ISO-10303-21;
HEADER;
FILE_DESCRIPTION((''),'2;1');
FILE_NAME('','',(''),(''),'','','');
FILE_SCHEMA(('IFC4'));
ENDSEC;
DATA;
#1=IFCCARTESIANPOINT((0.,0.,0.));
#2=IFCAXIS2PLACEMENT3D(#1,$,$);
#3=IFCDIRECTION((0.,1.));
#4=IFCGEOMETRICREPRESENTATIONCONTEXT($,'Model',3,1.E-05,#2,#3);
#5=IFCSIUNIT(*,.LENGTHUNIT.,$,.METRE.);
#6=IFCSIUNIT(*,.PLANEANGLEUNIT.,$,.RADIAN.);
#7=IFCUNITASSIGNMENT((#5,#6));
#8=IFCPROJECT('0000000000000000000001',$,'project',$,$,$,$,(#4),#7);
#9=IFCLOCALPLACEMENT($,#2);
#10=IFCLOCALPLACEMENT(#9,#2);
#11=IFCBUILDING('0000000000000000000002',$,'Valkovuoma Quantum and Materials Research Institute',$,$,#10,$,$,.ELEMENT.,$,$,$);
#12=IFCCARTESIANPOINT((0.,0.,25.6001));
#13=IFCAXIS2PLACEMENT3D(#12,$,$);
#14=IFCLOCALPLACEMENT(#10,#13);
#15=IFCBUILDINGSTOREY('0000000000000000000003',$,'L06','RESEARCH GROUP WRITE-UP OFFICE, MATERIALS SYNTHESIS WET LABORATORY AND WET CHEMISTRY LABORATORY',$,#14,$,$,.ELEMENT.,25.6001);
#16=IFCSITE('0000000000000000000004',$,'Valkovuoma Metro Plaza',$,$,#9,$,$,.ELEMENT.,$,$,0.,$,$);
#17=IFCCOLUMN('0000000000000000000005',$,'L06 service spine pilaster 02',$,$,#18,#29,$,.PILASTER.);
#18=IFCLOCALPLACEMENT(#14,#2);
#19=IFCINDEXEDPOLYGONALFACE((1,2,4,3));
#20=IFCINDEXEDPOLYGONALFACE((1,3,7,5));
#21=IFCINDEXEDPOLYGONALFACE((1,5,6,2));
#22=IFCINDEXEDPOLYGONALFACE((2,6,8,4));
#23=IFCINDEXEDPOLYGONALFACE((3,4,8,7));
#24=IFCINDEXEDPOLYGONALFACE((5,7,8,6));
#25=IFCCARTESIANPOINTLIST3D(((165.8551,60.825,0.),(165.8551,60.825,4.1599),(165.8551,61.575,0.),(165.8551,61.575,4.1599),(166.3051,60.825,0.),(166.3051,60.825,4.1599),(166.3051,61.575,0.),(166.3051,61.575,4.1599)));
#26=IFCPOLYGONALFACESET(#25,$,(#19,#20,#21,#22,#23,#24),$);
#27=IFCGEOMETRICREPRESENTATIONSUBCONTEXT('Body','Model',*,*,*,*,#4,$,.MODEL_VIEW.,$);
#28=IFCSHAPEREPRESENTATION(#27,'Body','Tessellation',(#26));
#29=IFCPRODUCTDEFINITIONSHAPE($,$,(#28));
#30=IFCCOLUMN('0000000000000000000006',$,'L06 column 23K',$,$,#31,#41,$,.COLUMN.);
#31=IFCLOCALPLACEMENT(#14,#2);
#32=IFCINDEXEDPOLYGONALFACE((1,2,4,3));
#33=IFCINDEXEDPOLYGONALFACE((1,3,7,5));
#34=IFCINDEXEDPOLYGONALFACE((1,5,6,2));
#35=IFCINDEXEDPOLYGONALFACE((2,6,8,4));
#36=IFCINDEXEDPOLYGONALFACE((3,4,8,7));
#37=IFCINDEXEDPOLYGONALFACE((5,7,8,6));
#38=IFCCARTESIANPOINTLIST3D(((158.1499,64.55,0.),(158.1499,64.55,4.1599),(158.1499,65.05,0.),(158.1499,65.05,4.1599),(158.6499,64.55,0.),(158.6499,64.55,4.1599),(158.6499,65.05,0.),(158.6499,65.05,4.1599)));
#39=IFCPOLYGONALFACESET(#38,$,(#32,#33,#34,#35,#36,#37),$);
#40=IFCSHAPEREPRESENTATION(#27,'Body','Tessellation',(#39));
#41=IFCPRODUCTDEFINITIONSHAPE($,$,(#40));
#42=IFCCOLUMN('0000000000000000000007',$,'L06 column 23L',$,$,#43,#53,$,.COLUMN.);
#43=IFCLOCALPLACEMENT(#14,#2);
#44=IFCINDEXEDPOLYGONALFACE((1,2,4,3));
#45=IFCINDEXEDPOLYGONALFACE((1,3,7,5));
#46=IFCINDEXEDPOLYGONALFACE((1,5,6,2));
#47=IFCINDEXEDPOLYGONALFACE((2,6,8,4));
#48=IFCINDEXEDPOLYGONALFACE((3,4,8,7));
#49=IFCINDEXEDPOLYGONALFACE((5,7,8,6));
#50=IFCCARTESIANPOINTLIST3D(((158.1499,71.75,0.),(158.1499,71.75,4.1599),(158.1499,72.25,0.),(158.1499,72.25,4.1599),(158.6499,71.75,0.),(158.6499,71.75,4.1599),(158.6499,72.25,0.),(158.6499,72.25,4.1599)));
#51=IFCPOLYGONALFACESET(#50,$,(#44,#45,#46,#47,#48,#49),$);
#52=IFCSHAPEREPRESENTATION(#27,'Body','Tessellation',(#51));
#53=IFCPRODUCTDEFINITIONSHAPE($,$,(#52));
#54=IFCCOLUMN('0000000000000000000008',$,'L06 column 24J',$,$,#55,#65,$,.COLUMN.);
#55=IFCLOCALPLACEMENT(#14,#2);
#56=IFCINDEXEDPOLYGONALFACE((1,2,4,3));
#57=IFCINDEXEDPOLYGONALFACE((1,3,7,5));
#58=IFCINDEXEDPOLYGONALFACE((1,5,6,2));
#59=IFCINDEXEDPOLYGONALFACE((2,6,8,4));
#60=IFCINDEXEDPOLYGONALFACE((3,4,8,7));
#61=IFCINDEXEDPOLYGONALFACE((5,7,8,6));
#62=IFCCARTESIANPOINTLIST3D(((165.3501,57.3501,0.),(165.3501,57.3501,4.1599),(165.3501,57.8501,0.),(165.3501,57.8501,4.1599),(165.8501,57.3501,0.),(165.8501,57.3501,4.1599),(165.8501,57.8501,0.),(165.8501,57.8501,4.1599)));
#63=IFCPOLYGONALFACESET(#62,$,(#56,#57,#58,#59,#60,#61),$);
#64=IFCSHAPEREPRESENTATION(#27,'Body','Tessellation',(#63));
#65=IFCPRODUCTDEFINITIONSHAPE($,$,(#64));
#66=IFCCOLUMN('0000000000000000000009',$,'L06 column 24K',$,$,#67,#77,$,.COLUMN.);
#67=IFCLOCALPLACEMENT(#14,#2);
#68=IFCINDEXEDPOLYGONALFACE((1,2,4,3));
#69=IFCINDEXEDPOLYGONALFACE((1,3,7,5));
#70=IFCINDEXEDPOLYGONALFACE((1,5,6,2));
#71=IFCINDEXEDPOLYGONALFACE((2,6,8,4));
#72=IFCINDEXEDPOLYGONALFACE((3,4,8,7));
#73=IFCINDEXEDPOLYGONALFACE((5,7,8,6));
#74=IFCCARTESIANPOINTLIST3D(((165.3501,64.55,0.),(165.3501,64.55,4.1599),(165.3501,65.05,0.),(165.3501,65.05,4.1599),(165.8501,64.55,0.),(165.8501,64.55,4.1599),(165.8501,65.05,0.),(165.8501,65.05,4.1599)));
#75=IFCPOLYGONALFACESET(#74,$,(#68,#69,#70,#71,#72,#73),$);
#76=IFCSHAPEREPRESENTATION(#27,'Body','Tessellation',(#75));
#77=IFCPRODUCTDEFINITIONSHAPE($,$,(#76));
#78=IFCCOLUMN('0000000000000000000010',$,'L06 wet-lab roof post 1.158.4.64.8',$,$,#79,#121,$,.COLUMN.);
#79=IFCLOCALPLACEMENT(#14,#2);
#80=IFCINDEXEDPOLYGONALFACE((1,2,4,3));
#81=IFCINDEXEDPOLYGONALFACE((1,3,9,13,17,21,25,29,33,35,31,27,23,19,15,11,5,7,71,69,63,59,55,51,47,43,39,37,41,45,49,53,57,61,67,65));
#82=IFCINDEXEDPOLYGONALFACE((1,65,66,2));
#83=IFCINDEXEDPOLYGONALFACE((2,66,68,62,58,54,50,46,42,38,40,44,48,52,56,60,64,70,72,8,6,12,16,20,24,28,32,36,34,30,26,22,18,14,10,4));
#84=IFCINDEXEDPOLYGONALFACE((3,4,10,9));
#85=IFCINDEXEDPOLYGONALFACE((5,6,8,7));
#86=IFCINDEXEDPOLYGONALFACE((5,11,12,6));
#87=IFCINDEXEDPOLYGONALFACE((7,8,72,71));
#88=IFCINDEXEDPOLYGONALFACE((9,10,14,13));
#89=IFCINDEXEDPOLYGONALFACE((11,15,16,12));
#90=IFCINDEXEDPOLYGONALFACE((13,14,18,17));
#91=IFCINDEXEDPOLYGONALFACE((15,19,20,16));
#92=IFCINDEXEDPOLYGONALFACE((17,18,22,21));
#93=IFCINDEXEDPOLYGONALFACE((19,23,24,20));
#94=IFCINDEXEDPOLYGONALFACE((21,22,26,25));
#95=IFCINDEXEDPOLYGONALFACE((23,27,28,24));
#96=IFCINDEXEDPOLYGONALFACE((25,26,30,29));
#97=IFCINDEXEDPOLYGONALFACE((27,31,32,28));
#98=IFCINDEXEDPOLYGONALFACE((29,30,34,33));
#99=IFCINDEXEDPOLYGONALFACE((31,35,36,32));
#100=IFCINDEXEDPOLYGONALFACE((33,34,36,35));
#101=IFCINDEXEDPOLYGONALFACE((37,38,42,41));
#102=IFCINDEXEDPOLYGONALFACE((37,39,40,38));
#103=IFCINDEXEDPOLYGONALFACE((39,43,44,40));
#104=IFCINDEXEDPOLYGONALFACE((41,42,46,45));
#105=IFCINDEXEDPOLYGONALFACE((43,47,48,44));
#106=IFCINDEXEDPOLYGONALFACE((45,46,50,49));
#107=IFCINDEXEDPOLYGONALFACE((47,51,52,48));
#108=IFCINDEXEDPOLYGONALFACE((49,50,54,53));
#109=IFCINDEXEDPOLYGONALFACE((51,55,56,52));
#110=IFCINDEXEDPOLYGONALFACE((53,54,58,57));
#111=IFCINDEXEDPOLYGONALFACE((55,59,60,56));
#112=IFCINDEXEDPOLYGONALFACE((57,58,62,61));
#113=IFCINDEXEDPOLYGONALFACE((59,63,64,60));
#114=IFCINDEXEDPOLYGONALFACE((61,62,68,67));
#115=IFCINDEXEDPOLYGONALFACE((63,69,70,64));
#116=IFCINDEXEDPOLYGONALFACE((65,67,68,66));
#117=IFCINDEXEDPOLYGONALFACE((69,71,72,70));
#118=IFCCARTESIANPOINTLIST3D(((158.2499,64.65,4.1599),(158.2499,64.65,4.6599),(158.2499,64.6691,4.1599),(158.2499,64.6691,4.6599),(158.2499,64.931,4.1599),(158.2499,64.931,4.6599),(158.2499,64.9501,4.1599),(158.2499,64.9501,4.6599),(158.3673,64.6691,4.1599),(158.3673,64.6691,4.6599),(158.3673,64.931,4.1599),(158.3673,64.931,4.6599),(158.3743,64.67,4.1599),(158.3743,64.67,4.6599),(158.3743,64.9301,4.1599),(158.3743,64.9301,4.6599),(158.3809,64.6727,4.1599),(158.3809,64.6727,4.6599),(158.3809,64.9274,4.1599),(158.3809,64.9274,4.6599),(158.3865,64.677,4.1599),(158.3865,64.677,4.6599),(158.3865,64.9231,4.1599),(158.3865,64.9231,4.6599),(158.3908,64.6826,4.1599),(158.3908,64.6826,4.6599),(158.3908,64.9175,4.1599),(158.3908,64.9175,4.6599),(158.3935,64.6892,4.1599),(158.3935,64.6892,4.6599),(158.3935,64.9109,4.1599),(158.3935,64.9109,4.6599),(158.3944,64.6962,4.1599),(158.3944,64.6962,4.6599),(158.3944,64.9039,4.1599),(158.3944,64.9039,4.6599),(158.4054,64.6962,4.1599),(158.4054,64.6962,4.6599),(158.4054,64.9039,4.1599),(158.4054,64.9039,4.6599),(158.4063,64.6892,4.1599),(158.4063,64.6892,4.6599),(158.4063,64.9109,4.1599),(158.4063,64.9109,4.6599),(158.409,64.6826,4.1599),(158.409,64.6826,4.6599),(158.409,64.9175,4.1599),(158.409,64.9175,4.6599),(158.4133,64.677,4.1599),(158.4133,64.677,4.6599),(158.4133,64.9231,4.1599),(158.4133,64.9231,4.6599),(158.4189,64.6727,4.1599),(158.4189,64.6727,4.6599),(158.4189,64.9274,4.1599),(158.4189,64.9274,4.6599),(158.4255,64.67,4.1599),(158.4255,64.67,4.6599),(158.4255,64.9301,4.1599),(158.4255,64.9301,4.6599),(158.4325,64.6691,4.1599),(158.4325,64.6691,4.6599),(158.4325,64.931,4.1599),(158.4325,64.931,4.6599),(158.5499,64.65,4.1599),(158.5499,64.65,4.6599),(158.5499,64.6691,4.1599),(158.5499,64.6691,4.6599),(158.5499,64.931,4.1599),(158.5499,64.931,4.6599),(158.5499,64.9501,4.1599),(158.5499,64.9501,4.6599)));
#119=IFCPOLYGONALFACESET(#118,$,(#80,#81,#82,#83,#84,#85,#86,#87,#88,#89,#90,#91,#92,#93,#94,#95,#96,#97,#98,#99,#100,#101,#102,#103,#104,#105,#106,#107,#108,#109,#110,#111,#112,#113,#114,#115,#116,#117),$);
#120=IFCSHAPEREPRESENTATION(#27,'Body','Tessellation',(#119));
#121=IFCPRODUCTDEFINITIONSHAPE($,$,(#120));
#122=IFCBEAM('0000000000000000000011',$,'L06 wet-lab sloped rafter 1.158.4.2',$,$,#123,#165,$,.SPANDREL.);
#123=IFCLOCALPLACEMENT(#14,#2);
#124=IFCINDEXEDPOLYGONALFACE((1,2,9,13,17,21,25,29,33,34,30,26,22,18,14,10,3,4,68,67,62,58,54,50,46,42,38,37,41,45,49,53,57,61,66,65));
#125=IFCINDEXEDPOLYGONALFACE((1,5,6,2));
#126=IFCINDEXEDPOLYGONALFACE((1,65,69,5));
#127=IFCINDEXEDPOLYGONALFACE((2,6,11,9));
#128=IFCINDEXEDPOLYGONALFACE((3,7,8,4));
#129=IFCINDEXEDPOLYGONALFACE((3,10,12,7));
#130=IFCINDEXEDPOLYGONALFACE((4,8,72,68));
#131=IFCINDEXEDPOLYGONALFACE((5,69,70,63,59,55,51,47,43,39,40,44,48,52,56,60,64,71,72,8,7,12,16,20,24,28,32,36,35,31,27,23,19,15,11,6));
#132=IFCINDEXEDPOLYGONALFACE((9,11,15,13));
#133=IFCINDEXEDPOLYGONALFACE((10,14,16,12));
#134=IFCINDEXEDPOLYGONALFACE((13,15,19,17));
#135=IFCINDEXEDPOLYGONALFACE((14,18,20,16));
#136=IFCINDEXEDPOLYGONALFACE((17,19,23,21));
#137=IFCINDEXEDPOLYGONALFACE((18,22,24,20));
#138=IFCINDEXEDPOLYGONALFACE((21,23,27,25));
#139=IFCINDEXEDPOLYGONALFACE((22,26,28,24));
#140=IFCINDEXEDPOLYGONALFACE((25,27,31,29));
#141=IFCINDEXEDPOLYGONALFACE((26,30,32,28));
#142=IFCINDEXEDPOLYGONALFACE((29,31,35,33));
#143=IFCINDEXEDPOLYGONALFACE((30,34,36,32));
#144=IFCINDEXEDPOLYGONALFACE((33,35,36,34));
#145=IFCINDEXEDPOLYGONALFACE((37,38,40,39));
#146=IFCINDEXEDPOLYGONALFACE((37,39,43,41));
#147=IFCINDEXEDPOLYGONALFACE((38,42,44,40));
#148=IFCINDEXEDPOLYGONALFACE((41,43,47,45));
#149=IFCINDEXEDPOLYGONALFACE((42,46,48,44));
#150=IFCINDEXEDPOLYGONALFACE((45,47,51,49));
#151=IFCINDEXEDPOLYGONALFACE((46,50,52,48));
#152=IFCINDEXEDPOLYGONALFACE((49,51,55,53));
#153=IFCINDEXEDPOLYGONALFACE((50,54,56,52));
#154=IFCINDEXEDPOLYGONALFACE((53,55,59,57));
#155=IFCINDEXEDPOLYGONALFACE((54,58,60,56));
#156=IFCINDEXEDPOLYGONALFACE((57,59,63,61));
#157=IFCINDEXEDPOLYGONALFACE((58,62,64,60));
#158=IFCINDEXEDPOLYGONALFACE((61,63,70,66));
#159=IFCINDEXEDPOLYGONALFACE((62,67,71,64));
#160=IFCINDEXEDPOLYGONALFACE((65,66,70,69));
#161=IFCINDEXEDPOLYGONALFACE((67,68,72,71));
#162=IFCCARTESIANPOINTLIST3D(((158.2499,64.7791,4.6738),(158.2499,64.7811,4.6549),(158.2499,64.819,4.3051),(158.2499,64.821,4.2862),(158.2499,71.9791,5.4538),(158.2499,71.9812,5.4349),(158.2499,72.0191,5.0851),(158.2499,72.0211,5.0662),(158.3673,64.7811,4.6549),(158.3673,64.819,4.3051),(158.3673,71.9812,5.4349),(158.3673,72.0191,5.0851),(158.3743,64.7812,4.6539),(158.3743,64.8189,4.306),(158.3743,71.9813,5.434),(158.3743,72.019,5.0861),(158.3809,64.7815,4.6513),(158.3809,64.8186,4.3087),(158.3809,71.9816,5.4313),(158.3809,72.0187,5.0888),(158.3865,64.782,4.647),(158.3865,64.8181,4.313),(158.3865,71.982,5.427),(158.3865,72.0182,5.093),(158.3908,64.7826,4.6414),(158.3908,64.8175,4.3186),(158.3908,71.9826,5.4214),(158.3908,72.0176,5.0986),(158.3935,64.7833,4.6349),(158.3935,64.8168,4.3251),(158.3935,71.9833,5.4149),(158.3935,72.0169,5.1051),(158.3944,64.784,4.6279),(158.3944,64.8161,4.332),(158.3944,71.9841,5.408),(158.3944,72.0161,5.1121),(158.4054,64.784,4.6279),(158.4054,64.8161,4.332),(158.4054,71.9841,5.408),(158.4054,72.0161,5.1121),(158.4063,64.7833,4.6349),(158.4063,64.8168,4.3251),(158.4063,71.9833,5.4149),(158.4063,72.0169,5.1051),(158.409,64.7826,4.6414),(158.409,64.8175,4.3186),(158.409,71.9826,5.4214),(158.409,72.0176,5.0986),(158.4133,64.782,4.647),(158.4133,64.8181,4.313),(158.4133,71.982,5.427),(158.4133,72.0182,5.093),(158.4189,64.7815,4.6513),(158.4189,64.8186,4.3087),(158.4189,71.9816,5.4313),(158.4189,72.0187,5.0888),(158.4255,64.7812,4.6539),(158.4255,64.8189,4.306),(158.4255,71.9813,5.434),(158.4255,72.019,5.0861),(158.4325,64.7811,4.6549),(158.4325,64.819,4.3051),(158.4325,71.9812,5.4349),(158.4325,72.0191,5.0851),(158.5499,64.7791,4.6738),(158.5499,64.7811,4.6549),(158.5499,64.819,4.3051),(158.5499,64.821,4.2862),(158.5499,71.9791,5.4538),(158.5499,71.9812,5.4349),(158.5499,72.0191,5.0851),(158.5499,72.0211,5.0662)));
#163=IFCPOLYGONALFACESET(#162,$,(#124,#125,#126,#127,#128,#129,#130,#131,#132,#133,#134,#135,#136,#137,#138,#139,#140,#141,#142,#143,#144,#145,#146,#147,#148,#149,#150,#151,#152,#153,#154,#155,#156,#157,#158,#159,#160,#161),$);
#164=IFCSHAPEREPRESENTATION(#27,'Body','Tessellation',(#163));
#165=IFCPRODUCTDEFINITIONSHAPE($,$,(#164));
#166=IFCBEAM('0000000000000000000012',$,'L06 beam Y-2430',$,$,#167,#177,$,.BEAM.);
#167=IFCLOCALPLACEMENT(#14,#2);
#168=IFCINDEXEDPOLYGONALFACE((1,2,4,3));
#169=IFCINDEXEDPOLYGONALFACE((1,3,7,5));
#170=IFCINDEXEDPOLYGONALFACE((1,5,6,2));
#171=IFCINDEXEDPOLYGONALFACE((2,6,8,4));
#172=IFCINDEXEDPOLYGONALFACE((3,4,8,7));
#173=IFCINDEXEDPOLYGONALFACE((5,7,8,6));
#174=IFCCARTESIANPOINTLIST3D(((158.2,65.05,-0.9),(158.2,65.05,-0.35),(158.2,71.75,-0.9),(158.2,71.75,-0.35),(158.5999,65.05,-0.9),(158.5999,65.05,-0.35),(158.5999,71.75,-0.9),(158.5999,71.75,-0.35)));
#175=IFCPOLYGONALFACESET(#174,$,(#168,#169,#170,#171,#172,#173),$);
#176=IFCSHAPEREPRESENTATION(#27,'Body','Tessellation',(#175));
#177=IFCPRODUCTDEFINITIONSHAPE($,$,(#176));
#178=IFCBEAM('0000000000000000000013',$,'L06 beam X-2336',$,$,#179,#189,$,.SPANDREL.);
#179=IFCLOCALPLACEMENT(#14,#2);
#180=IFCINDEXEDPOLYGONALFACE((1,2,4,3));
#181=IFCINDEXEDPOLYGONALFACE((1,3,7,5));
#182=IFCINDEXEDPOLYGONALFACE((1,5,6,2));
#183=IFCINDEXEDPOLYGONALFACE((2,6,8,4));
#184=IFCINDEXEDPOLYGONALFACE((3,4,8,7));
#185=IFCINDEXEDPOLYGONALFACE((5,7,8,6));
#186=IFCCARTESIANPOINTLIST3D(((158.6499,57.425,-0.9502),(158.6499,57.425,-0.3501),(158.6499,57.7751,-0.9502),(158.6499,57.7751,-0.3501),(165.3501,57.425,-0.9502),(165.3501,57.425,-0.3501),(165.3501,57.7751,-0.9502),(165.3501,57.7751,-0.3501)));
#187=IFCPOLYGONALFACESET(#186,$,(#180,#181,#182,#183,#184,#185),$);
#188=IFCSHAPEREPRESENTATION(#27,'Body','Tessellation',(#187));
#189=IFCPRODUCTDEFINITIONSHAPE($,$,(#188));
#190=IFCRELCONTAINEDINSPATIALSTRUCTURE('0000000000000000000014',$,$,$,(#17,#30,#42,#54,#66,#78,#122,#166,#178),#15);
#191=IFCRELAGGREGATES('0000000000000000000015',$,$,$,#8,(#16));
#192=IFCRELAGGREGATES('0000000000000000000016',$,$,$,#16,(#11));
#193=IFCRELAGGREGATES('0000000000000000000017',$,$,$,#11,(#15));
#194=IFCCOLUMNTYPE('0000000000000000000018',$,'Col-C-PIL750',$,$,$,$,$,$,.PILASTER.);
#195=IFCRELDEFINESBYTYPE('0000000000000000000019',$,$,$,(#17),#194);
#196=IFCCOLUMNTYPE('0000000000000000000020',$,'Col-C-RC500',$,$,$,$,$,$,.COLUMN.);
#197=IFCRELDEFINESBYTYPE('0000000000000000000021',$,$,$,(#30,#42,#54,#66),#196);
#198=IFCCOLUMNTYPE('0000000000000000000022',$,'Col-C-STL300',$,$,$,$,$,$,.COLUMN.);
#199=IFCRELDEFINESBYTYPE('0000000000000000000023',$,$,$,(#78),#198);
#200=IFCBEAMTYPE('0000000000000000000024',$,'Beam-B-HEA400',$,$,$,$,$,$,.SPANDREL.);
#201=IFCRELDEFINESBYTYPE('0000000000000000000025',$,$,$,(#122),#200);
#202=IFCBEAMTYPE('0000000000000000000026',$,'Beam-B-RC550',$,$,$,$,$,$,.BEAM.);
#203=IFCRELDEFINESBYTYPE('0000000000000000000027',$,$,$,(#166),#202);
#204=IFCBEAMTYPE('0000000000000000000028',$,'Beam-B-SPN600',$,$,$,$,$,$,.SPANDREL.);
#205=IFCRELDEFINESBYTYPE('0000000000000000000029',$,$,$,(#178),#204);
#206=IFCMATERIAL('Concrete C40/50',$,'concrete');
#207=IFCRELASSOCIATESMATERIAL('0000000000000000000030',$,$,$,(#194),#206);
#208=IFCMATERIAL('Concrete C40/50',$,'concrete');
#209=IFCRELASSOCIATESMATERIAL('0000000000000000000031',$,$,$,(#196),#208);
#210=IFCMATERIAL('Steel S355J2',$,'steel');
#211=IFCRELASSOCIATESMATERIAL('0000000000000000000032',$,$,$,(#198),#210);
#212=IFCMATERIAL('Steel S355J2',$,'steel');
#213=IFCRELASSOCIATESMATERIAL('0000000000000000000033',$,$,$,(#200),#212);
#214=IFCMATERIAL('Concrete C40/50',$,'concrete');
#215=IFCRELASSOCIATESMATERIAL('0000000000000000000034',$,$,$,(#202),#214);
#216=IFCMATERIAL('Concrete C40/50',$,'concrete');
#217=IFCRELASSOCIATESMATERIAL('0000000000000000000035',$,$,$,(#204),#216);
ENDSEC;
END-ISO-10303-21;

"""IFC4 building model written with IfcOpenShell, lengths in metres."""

from ifc_helpers import new_model, si_unit, direction, frame, origin, origin_2d, place, context, subcontext, project, spatial, rectangle, i_section, extrude, material, material_profile, profile_set, type_object, element, save


model = new_model("IFC4")

# Units and contexts
model_context = context("Model", 3, precision=1e-05, world=origin(), true_north=direction((0.0, 1.0)))
body_context = subcontext(model_context, "Body", "Model", "MODEL_VIEW")
ifc_project = project(units=[si_unit("LENGTHUNIT", "METRE"), si_unit("PLANEANGLEUNIT", "RADIAN")], contexts=[model_context])

# Site, building, storey
site_placement = place(None, origin())
site = spatial("IfcSite", under=ifc_project, at=site_placement, Name="Valkovuoma Metro Plaza", CompositionType="ELEMENT", RefElevation=0.0)
building_placement = place(site_placement, origin())
building = spatial("IfcBuilding", under=site, at=building_placement, Name="Valkovuoma Quantum and Materials Research Institute", CompositionType="ELEMENT")
storey_placement = place(building_placement, frame((0.0, 0.0, 25.6001)))
storey = spatial("IfcBuildingStorey", under=building, at=storey_placement, Name="L06", Description="RESEARCH GROUP WRITE-UP OFFICE, MATERIALS SYNTHESIS WET LABORATORY AND WET CHEMISTRY LABORATORY", CompositionType="ELEMENT", Elevation=25.6001)

# Columns
ifc_material_1 = material(Name="Concrete C40/50", Category="concrete")
ifc_material_profile_1 = material_profile(ifc_material_1, rectangle(XDim=0.45, YDim=0.75, at=origin_2d()), Name="Concrete C40/50")
ifc_profile_set_1 = profile_set([ifc_material_profile_1], Name="Concrete C40/50")
column_type_1 = type_object("IfcColumnType", Name="Col-C-PIL750", PredefinedType="PILASTER", material=ifc_profile_set_1)
column_1_placement = place(storey_placement, frame((166.0801, 61.2, 0.0), z_axis=(0.0, 0.0, 1.0), x_axis=(1.0, 0.0, 0.0)))
element("IfcColumn", 1, at=column_1_placement, inside=storey, type_object=column_type_1, Name="L06 service spine pilaster 02", PredefinedType="PILASTER", context=body_context, shape_type="SweptSolid", body=[
    extrude(rectangle(XDim=0.45, YDim=0.75, at=origin_2d()), origin(), (0.0, 0.0, 1.0), 4.1599),
])
ifc_material_2 = material(Name="Concrete C40/50", Category="concrete")
ifc_material_profile_2 = material_profile(ifc_material_2, rectangle(XDim=0.5, YDim=0.5, at=origin_2d()), Name="Concrete C40/50")
ifc_profile_set_2 = profile_set([ifc_material_profile_2], Name="Concrete C40/50")
column_type_2 = type_object("IfcColumnType", Name="Col-C-RC500", PredefinedType="COLUMN", material=ifc_profile_set_2)
for number, where, z_axis, x_axis, name in (
    (2, (158.3999, 64.8, 0.0), (0.0, 0.0, 1.0), (1.0, 0.0, 0.0), "L06 column 23K"),
    (3, (158.3999, 72.0, 0.0), (0.0, 0.0, 1.0), (1.0, 0.0, 0.0), "L06 column 23L"),
    (4, (165.6001, 57.6001, 0.0), (0.0, 0.0, 1.0), (1.0, 0.0, 0.0), "L06 column 24J"),
    (5, (165.6001, 64.8, 0.0), (0.0, 0.0, 1.0), (1.0, 0.0, 0.0), "L06 column 24K"),
):
    element("IfcColumn", number, at=place(storey_placement, frame(where, z_axis=z_axis, x_axis=x_axis)), inside=storey, type_object=column_type_2, Name=name, PredefinedType="COLUMN", context=body_context, shape_type="SweptSolid", body=[
        extrude(rectangle(XDim=0.5, YDim=0.5, at=origin_2d()), origin(), (0.0, 0.0, 1.0), 4.1599),
    ])
ifc_material_3 = material(Name="Steel S355J2", Category="steel")
ifc_material_profile_3 = material_profile(ifc_material_3, i_section(OverallWidth=0.3, OverallDepth=0.3, WebThickness=0.011, FlangeThickness=0.019, FilletRadius=0.0271, at=origin_2d()), Name="Steel S355J2")
ifc_profile_set_3 = profile_set([ifc_material_profile_3], Name="Steel S355J2")
column_type_3 = type_object("IfcColumnType", Name="Col-C-STL300", PredefinedType="COLUMN", material=ifc_profile_set_3)
column_2_placement = place(storey_placement, frame((158.3999, 64.8, 4.1599), z_axis=(0.0, 0.0, 1.0), x_axis=(1.0, 0.0, 0.0)))
element("IfcColumn", 6, at=column_2_placement, inside=storey, type_object=column_type_3, Name="L06 wet-lab roof post 1.158.4.64.8", PredefinedType="COLUMN", context=body_context, shape_type="SweptSolid", body=[
    extrude(i_section(OverallWidth=0.3, OverallDepth=0.3, WebThickness=0.011, FlangeThickness=0.019, FilletRadius=0.0271, at=origin_2d()), origin(), (0.0, 0.0, 1.0), 0.5),
])

# Beams
ifc_material_4 = material(Name="Steel S355J2", Category="steel")
ifc_material_profile_4 = material_profile(ifc_material_4, i_section(OverallWidth=0.3, OverallDepth=0.3899, WebThickness=0.011, FlangeThickness=0.019, FilletRadius=0.0271, at=origin_2d()), Name="Steel S355J2")
ifc_profile_set_4 = profile_set([ifc_material_profile_4], Name="Steel S355J2")
beam_type_1 = type_object("IfcBeamType", Name="Beam-B-HEA400", PredefinedType="SPANDREL", material=ifc_profile_set_4)
beam_1_placement = place(storey_placement, frame((158.3999, 64.8, 4.48), z_axis=(0.0, 0.994183, 0.107708), x_axis=(-1.0, 0.0, 0.0)))
element("IfcBeam", 7, at=beam_1_placement, inside=storey, type_object=beam_type_1, Name="L06 wet-lab sloped rafter 1.158.4.2", PredefinedType="SPANDREL", context=body_context, shape_type="SweptSolid", body=[
    extrude(i_section(OverallWidth=0.3, OverallDepth=0.3899, WebThickness=0.011, FlangeThickness=0.019, FilletRadius=0.0271, at=origin_2d()), origin(), (0.0, 0.0, 1.0), 7.2422),
])
ifc_material_5 = material(Name="Concrete C40/50", Category="concrete")
ifc_material_profile_5 = material_profile(ifc_material_5, rectangle(XDim=0.3999, YDim=0.55, at=origin_2d()), Name="Concrete C40/50")
ifc_profile_set_5 = profile_set([ifc_material_profile_5], Name="Concrete C40/50")
beam_type_2 = type_object("IfcBeamType", Name="Beam-B-RC550", PredefinedType="BEAM", material=ifc_profile_set_5)
beam_2_placement = place(storey_placement, frame((158.3999, 65.05, -0.625), z_axis=(0.0, 1.0, 0.0), x_axis=(-1.0, 0.0, 0.0)))
element("IfcBeam", 8, at=beam_2_placement, inside=storey, type_object=beam_type_2, Name="L06 beam Y-2430", PredefinedType="BEAM", context=body_context, shape_type="SweptSolid", body=[
    extrude(rectangle(XDim=0.3999, YDim=0.55, at=origin_2d()), origin(), (0.0, 0.0, 1.0), 6.7),
])
ifc_material_6 = material(Name="Concrete C40/50", Category="concrete")
ifc_material_profile_6 = material_profile(ifc_material_6, rectangle(XDim=0.3501, YDim=0.6001, at=origin_2d()), Name="Concrete C40/50")
ifc_profile_set_6 = profile_set([ifc_material_profile_6], Name="Concrete C40/50")
beam_type_3 = type_object("IfcBeamType", Name="Beam-B-SPN600", PredefinedType="SPANDREL", material=ifc_profile_set_6)
beam_3_placement = place(storey_placement, frame((158.6499, 57.6001, -0.6501), z_axis=(1.0, 0.0, 0.0), x_axis=(0.0, 1.0, 0.0)))
element("IfcBeam", 9, at=beam_3_placement, inside=storey, type_object=beam_type_3, Name="L06 beam X-2336", PredefinedType="SPANDREL", context=body_context, shape_type="SweptSolid", body=[
    extrude(rectangle(XDim=0.3501, YDim=0.6001, at=origin_2d()), origin(), (0.0, 0.0, 1.0), 6.7002),
])

save(model, "model.ifc")
